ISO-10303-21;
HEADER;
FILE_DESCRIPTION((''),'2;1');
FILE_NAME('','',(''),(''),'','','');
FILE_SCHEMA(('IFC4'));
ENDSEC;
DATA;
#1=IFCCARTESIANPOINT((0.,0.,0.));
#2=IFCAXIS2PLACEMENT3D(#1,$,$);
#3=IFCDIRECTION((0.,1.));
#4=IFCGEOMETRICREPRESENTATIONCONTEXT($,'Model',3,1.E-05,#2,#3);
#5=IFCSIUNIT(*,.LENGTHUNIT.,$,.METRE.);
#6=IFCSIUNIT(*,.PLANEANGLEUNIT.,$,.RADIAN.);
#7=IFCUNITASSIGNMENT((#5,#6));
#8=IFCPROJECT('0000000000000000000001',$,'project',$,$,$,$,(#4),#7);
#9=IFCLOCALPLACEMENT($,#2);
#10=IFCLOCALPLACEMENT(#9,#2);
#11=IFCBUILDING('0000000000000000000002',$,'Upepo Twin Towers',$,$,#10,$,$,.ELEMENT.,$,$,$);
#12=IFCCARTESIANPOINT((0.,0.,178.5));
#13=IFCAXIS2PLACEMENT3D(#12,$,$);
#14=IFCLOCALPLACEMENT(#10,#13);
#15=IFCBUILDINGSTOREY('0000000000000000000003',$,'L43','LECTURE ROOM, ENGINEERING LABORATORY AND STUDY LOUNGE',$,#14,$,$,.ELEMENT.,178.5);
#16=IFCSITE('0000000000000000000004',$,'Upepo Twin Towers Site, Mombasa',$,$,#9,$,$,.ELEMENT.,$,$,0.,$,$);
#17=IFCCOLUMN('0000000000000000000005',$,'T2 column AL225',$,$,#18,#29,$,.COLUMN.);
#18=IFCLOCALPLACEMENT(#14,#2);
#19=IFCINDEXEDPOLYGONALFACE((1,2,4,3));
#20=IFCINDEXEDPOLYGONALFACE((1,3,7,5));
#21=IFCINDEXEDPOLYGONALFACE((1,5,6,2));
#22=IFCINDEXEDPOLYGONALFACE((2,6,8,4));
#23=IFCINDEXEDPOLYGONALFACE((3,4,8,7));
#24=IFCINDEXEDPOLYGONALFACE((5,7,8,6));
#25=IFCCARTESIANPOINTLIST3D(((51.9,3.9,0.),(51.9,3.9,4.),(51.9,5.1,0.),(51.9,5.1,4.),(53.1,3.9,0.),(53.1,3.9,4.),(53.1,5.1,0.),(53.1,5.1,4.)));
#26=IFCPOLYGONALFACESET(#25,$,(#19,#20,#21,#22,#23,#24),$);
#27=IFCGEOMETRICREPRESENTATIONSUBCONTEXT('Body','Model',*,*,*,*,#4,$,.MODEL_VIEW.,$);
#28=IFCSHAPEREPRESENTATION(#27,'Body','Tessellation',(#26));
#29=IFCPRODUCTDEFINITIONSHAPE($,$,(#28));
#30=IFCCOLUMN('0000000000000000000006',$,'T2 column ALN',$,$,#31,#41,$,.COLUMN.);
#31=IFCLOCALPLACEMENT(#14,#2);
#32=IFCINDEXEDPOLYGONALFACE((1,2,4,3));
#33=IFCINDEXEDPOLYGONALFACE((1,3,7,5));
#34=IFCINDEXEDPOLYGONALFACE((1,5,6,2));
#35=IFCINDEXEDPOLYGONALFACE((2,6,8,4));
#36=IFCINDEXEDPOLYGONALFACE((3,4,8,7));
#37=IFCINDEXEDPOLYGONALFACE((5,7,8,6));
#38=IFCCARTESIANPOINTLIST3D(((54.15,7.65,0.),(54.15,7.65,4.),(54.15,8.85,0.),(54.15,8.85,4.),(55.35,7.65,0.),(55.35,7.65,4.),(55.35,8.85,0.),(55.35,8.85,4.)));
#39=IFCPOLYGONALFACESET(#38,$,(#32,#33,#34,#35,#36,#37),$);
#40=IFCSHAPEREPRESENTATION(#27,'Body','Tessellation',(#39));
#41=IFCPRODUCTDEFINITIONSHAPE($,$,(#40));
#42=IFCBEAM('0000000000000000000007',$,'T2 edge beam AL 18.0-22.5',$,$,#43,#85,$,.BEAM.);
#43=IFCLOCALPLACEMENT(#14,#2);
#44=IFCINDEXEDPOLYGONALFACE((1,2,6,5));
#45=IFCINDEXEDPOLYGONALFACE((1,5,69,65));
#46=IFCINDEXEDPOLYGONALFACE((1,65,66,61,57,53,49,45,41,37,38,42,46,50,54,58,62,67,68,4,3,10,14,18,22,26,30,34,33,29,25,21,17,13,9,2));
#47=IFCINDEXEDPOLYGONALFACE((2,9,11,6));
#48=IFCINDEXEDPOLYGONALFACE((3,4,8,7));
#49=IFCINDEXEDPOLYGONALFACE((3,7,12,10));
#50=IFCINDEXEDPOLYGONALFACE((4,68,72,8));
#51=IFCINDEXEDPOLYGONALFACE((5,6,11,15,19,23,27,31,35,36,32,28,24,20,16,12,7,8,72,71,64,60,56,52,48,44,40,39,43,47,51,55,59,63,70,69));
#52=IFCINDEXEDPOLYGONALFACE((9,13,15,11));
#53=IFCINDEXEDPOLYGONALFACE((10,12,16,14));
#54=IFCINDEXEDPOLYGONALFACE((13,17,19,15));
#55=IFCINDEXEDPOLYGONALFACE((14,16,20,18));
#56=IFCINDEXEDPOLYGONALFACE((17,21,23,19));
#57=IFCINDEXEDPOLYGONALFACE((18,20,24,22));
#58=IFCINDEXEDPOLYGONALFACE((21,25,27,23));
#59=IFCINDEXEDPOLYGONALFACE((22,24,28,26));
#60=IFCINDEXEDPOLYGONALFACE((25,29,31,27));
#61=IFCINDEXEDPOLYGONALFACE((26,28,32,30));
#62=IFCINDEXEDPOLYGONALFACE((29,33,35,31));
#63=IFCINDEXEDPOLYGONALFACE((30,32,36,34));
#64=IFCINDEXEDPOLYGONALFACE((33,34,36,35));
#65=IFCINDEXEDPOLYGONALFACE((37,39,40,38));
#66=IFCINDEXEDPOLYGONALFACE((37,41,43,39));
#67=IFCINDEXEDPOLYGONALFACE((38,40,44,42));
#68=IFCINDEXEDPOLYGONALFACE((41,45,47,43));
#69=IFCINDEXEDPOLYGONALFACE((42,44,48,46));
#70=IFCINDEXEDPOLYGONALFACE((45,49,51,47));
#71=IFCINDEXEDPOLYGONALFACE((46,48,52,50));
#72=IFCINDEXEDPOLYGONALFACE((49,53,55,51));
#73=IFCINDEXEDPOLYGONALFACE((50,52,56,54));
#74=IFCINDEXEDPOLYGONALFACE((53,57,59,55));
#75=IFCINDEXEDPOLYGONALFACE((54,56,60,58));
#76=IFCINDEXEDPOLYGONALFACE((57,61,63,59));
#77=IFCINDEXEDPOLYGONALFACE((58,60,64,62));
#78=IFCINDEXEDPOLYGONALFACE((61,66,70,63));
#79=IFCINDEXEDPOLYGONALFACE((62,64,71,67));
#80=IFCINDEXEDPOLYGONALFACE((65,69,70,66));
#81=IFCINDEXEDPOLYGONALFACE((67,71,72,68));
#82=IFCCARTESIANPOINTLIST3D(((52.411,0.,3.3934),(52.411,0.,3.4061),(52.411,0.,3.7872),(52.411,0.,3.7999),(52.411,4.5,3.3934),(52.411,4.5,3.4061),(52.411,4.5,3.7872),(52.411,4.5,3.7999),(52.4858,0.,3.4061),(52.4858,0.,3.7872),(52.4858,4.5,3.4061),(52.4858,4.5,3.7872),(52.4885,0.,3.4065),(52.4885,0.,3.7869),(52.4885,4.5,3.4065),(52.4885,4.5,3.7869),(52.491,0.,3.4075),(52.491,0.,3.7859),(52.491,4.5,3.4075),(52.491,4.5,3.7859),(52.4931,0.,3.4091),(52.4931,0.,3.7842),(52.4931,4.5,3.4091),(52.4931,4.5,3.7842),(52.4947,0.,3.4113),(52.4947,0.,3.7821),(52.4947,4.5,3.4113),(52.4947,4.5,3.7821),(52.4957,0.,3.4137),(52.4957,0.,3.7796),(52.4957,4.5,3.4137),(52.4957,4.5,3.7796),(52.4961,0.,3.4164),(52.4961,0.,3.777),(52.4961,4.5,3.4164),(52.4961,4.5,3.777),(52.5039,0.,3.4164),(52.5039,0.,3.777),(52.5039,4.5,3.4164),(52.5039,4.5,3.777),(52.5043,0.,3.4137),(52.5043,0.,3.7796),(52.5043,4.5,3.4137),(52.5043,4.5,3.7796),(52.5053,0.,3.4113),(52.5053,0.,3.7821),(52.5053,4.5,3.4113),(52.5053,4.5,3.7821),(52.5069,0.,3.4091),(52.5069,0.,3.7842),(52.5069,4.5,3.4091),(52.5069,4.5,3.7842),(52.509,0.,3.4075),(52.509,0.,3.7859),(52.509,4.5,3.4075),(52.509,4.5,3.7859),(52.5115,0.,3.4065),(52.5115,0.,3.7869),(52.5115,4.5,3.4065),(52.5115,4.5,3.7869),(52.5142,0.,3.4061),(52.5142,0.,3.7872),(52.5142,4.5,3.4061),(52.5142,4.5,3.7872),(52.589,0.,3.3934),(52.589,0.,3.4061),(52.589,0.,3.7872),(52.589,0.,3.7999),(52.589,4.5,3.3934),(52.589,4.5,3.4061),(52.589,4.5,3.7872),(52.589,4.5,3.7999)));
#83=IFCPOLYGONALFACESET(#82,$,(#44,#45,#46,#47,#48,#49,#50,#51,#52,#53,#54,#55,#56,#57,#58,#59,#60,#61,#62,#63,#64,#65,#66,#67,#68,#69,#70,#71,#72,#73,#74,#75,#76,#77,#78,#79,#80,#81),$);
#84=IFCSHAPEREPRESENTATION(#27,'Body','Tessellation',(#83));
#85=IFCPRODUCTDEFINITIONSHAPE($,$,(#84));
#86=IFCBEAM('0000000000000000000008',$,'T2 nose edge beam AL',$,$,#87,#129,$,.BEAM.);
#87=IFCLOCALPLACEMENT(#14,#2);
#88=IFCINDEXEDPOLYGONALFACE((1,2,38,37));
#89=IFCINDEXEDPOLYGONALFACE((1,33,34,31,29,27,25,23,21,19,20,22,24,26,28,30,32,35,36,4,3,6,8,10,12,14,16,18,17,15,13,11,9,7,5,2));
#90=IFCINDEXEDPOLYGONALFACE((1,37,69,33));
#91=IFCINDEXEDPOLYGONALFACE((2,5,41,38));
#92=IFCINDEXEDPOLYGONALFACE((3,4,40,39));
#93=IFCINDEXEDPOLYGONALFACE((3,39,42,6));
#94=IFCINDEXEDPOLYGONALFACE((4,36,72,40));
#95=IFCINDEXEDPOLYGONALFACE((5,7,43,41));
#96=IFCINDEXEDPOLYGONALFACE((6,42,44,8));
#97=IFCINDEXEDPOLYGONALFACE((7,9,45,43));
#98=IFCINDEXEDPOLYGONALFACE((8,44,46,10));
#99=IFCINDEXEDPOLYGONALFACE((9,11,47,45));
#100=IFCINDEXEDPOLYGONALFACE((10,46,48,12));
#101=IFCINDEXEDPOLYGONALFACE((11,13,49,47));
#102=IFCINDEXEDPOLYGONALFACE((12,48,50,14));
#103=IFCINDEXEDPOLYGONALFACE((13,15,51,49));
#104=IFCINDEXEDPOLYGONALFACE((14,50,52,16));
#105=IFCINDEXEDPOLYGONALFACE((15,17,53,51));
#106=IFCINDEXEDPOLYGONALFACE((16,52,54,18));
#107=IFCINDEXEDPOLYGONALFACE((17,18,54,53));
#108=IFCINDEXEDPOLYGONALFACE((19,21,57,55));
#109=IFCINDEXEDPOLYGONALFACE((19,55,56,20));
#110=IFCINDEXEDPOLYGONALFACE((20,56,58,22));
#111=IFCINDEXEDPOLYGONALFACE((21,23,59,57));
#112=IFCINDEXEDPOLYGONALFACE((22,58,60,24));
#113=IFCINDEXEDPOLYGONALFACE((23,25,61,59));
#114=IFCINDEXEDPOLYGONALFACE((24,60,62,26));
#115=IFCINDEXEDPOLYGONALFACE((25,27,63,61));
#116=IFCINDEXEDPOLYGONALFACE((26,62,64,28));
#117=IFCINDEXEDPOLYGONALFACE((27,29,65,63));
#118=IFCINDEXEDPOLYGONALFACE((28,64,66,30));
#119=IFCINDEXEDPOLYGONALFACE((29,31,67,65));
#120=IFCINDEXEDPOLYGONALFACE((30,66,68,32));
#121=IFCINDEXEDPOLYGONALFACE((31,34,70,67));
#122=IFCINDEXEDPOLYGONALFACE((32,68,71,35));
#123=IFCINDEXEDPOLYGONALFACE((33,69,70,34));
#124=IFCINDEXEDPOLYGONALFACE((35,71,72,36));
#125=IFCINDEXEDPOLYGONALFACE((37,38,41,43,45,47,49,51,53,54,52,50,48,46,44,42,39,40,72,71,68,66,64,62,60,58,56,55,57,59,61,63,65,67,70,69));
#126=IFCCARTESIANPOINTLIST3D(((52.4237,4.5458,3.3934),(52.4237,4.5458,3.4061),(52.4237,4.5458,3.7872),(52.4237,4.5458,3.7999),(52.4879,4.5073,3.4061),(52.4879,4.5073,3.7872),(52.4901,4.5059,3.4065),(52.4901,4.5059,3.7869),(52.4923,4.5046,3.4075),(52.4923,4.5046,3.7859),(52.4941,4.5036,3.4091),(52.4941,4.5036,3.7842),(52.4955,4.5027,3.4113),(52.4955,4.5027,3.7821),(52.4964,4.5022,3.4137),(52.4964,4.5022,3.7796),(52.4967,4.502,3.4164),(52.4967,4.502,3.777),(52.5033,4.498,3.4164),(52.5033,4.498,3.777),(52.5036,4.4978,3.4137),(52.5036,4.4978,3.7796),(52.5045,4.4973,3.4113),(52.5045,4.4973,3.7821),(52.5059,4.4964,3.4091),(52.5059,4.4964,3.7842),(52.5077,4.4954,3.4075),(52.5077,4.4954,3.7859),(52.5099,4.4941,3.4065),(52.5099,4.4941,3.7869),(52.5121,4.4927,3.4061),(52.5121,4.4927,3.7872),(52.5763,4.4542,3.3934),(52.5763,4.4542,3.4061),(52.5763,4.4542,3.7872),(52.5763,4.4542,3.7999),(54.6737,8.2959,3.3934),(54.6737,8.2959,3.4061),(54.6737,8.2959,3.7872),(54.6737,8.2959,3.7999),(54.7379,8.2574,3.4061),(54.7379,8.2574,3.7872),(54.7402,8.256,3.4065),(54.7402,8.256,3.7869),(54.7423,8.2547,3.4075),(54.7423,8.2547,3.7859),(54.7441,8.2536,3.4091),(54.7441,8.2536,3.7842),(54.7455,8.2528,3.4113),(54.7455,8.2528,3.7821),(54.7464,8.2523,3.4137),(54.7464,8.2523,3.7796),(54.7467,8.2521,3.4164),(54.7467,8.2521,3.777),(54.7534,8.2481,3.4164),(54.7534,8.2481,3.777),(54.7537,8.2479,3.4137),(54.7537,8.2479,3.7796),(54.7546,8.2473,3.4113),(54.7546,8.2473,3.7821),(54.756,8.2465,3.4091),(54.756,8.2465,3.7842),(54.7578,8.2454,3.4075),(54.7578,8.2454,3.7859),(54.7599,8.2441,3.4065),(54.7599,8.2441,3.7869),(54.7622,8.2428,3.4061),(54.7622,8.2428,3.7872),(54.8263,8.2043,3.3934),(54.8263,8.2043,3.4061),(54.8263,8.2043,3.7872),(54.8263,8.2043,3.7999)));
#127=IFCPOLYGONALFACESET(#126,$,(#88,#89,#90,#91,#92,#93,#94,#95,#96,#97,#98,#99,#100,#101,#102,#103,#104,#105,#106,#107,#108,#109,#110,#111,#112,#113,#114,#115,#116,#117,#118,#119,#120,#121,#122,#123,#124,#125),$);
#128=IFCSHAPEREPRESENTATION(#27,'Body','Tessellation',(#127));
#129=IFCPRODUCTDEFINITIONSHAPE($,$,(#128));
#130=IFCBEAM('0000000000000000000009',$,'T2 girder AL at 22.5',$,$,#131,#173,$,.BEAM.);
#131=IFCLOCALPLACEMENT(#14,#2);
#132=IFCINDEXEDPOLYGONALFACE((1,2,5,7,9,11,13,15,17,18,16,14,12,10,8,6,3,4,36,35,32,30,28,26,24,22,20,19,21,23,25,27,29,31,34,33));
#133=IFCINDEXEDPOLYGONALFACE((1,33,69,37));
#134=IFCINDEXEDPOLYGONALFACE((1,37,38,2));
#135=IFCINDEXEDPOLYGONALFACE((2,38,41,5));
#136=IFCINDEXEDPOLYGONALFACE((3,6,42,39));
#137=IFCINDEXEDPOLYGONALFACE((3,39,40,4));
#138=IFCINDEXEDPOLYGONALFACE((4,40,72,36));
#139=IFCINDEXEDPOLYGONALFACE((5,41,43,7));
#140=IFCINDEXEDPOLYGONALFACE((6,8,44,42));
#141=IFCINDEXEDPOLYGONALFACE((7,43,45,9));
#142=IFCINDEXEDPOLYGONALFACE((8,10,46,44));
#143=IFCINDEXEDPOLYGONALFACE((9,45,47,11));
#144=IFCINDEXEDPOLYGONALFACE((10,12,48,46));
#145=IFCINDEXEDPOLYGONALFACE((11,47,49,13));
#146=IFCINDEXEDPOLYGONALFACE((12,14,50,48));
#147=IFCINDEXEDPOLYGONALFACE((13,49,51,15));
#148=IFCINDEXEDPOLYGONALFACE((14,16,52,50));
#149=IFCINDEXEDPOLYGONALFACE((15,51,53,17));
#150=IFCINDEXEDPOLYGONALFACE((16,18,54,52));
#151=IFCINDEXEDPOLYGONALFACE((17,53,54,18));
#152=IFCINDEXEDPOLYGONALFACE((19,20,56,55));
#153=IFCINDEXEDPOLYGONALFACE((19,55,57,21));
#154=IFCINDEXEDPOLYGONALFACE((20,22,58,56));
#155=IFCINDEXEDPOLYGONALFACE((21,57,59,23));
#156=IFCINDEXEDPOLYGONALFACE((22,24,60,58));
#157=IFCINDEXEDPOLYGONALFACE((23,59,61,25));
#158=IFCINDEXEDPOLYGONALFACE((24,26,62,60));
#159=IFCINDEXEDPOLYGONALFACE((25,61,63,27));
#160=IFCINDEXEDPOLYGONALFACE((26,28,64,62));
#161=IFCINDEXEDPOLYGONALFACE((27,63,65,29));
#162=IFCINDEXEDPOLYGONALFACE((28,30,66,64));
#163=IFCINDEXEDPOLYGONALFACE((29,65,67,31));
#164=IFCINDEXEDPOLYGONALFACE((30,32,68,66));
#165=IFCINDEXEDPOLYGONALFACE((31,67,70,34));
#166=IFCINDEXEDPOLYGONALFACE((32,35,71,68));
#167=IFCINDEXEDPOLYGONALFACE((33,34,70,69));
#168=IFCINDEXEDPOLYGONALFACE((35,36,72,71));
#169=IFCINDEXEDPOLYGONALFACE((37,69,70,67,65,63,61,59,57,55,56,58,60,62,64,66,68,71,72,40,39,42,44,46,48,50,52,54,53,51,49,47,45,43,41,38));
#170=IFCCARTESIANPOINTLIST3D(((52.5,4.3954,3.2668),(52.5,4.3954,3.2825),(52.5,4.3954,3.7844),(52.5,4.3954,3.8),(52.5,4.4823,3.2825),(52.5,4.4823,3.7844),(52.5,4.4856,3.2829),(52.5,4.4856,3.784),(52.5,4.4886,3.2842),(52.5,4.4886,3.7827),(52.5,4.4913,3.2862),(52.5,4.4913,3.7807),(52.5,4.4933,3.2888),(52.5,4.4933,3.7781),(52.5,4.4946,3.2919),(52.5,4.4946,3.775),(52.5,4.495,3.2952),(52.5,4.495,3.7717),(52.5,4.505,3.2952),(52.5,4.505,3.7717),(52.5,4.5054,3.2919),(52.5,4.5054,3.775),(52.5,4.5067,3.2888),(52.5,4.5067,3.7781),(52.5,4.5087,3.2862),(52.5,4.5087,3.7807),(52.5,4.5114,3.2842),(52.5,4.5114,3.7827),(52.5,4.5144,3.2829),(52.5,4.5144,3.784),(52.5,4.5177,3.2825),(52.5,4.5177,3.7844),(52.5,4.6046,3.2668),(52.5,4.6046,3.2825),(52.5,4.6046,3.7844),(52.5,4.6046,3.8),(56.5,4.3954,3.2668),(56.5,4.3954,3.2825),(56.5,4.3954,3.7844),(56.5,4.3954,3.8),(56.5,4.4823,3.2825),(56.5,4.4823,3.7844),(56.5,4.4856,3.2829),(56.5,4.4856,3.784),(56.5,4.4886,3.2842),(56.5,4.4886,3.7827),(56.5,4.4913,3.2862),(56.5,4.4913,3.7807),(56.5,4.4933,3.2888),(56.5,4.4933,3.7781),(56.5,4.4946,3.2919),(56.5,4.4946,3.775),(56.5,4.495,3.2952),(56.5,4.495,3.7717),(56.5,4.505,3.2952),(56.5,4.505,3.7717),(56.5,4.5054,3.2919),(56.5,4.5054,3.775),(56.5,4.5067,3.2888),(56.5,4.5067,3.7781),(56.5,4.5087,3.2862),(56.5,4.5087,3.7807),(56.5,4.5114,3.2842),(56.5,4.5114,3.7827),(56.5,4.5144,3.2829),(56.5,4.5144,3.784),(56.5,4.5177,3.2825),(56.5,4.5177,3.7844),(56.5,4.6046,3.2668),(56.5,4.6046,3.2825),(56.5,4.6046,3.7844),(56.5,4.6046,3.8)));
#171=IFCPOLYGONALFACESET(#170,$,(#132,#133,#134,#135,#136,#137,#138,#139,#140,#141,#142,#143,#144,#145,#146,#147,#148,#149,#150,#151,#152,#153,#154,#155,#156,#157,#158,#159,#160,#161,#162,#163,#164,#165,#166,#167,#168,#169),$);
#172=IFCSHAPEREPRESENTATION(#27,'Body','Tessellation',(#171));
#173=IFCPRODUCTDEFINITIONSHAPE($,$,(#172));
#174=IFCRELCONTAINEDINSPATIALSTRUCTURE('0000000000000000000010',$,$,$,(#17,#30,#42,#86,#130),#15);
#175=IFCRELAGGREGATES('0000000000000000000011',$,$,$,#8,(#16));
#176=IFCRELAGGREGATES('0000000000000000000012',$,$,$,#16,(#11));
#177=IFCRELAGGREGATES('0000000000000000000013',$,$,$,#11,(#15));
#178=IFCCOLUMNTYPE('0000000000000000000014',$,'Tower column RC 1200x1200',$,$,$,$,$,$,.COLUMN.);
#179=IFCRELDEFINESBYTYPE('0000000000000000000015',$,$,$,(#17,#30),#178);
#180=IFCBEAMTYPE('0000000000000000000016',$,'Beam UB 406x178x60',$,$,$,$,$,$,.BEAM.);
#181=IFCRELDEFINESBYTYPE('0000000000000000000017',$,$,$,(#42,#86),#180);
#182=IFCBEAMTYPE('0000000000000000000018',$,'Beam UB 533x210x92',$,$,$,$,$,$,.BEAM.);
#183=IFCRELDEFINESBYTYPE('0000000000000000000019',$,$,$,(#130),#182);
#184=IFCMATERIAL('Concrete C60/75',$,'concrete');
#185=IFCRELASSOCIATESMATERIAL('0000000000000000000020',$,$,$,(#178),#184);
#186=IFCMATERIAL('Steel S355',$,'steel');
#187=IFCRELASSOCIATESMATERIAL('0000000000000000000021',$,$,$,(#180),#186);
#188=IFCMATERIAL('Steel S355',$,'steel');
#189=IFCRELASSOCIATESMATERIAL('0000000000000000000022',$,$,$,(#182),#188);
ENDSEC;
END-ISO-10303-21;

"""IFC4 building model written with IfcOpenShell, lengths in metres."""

from ifc_helpers import new_model, si_unit, direction, frame, origin, origin_2d, place, context, subcontext, project, spatial, rectangle, i_section, extrude, material, material_profile, profile_set, type_object, element, save


model = new_model("IFC4")

# Units and contexts
model_context = context("Model", 3, precision=1e-05, world=origin(), true_north=direction((0.0, 1.0)))
body_context = subcontext(model_context, "Body", "Model", "MODEL_VIEW")
ifc_project = project(units=[si_unit("LENGTHUNIT", "METRE"), si_unit("PLANEANGLEUNIT", "RADIAN")], contexts=[model_context])

# Site, building, storey
site_placement = place(None, origin())
site = spatial("IfcSite", under=ifc_project, at=site_placement, Name="Upepo Twin Towers Site, Mombasa", CompositionType="ELEMENT", RefElevation=0.0)
building_placement = place(site_placement, origin())
building = spatial("IfcBuilding", under=site, at=building_placement, Name="Upepo Twin Towers", CompositionType="ELEMENT")
storey_placement = place(building_placement, frame((0.0, 0.0, 178.5)))
storey = spatial("IfcBuildingStorey", under=building, at=storey_placement, Name="L43", Description="LECTURE ROOM, ENGINEERING LABORATORY AND STUDY LOUNGE", CompositionType="ELEMENT", Elevation=178.5)

# Columns
ifc_material_1 = material(Name="Concrete C60/75", Category="concrete")
ifc_material_profile_1 = material_profile(ifc_material_1, rectangle(XDim=1.2, YDim=1.2, at=origin_2d()), Name="RC 1200x1200")
ifc_profile_set_1 = profile_set([ifc_material_profile_1], Name="Concrete C60/75")
column_type = type_object("IfcColumnType", Name="Tower column RC 1200x1200", PredefinedType="COLUMN", material=ifc_profile_set_1)
for number, where, z_axis, x_axis, name in (
    (1, (52.5, 4.5, 0.0), (0.0, 0.0, 1.0), (1.0, 0.0, 0.0), "T2 column AL225"),
    (2, (54.75, 8.25, 0.0), (0.0, 0.0, 1.0), (1.0, 0.0, 0.0), "T2 column ALN"),
):
    element("IfcColumn", number, at=place(storey_placement, frame(where, z_axis=z_axis, x_axis=x_axis)), inside=storey, type_object=column_type, Name=name, PredefinedType="COLUMN", context=body_context, shape_type="SweptSolid", body=[
        extrude(rectangle(XDim=1.2, YDim=1.2, at=origin_2d()), origin(), (0.0, 0.0, 1.0), 4.0),
    ])

# Beams
ifc_material_2 = material(Name="Steel S355", Category="steel")
ifc_material_profile_2 = material_profile(ifc_material_2, i_section(OverallWidth=0.178, OverallDepth=0.4065, WebThickness=0.0078, FlangeThickness=0.0127, FilletRadius=0.0103, at=origin_2d()), Name="UB 406x178x60")
ifc_profile_set_2 = profile_set([ifc_material_profile_2], Name="Steel S355")
beam_type_1 = type_object("IfcBeamType", Name="Beam UB 406x178x60", PredefinedType="BEAM", material=ifc_profile_set_2)
beam_1_placement = place(storey_placement, frame((52.5, 0.0, 3.5967), z_axis=(0.0, 1.0, 0.0), x_axis=(-1.0, 0.0, 0.0)))
element("IfcBeam", 3, at=beam_1_placement, inside=storey, type_object=beam_type_1, Name="T2 edge beam AL 18.0-22.5", PredefinedType="BEAM", context=body_context, shape_type="SweptSolid", body=[
    extrude(i_section(OverallWidth=0.178, OverallDepth=0.4065, WebThickness=0.0078, FlangeThickness=0.0127, FilletRadius=0.0103, at=origin_2d()), origin(), (0.0, 0.0, 1.0), 4.5),
])
beam_2_placement = place(storey_placement, frame((52.5, 4.5, 3.5967), z_axis=(0.514496, 0.857493, 0.0), x_axis=(-0.857493, 0.514496, 0.0)))
element("IfcBeam", 4, at=beam_2_placement, inside=storey, type_object=beam_type_1, Name="T2 nose edge beam AL", PredefinedType="BEAM", context=body_context, shape_type="SweptSolid", body=[
    extrude(i_section(OverallWidth=0.178, OverallDepth=0.4065, WebThickness=0.0078, FlangeThickness=0.0127, FilletRadius=0.0103, at=origin_2d()), origin(), (0.0, 0.0, 1.0), 4.3733),
])
ifc_material_3 = material(Name="Steel S355", Category="steel")
ifc_material_profile_3 = material_profile(ifc_material_3, i_section(OverallWidth=0.2092, OverallDepth=0.5332, WebThickness=0.01, FlangeThickness=0.0156, FilletRadius=0.0127, at=origin_2d()), Name="UB 533x210x92")
ifc_profile_set_3 = profile_set([ifc_material_profile_3], Name="Steel S355")
beam_type_2 = type_object("IfcBeamType", Name="Beam UB 533x210x92", PredefinedType="BEAM", material=ifc_profile_set_3)
beam_3_placement = place(storey_placement, frame((52.5, 4.5, 3.5334), z_axis=(1.0, 0.0, 0.0), x_axis=(0.0, 1.0, 0.0)))
element("IfcBeam", 5, at=beam_3_placement, inside=storey, type_object=beam_type_2, Name="T2 girder AL at 22.5", PredefinedType="BEAM", context=body_context, shape_type="SweptSolid", body=[
    extrude(i_section(OverallWidth=0.2092, OverallDepth=0.5332, WebThickness=0.01, FlangeThickness=0.0156, FilletRadius=0.0127, at=origin_2d()), origin(), (0.0, 0.0, 1.0), 4.0),
])

save(model, "model.ifc")
